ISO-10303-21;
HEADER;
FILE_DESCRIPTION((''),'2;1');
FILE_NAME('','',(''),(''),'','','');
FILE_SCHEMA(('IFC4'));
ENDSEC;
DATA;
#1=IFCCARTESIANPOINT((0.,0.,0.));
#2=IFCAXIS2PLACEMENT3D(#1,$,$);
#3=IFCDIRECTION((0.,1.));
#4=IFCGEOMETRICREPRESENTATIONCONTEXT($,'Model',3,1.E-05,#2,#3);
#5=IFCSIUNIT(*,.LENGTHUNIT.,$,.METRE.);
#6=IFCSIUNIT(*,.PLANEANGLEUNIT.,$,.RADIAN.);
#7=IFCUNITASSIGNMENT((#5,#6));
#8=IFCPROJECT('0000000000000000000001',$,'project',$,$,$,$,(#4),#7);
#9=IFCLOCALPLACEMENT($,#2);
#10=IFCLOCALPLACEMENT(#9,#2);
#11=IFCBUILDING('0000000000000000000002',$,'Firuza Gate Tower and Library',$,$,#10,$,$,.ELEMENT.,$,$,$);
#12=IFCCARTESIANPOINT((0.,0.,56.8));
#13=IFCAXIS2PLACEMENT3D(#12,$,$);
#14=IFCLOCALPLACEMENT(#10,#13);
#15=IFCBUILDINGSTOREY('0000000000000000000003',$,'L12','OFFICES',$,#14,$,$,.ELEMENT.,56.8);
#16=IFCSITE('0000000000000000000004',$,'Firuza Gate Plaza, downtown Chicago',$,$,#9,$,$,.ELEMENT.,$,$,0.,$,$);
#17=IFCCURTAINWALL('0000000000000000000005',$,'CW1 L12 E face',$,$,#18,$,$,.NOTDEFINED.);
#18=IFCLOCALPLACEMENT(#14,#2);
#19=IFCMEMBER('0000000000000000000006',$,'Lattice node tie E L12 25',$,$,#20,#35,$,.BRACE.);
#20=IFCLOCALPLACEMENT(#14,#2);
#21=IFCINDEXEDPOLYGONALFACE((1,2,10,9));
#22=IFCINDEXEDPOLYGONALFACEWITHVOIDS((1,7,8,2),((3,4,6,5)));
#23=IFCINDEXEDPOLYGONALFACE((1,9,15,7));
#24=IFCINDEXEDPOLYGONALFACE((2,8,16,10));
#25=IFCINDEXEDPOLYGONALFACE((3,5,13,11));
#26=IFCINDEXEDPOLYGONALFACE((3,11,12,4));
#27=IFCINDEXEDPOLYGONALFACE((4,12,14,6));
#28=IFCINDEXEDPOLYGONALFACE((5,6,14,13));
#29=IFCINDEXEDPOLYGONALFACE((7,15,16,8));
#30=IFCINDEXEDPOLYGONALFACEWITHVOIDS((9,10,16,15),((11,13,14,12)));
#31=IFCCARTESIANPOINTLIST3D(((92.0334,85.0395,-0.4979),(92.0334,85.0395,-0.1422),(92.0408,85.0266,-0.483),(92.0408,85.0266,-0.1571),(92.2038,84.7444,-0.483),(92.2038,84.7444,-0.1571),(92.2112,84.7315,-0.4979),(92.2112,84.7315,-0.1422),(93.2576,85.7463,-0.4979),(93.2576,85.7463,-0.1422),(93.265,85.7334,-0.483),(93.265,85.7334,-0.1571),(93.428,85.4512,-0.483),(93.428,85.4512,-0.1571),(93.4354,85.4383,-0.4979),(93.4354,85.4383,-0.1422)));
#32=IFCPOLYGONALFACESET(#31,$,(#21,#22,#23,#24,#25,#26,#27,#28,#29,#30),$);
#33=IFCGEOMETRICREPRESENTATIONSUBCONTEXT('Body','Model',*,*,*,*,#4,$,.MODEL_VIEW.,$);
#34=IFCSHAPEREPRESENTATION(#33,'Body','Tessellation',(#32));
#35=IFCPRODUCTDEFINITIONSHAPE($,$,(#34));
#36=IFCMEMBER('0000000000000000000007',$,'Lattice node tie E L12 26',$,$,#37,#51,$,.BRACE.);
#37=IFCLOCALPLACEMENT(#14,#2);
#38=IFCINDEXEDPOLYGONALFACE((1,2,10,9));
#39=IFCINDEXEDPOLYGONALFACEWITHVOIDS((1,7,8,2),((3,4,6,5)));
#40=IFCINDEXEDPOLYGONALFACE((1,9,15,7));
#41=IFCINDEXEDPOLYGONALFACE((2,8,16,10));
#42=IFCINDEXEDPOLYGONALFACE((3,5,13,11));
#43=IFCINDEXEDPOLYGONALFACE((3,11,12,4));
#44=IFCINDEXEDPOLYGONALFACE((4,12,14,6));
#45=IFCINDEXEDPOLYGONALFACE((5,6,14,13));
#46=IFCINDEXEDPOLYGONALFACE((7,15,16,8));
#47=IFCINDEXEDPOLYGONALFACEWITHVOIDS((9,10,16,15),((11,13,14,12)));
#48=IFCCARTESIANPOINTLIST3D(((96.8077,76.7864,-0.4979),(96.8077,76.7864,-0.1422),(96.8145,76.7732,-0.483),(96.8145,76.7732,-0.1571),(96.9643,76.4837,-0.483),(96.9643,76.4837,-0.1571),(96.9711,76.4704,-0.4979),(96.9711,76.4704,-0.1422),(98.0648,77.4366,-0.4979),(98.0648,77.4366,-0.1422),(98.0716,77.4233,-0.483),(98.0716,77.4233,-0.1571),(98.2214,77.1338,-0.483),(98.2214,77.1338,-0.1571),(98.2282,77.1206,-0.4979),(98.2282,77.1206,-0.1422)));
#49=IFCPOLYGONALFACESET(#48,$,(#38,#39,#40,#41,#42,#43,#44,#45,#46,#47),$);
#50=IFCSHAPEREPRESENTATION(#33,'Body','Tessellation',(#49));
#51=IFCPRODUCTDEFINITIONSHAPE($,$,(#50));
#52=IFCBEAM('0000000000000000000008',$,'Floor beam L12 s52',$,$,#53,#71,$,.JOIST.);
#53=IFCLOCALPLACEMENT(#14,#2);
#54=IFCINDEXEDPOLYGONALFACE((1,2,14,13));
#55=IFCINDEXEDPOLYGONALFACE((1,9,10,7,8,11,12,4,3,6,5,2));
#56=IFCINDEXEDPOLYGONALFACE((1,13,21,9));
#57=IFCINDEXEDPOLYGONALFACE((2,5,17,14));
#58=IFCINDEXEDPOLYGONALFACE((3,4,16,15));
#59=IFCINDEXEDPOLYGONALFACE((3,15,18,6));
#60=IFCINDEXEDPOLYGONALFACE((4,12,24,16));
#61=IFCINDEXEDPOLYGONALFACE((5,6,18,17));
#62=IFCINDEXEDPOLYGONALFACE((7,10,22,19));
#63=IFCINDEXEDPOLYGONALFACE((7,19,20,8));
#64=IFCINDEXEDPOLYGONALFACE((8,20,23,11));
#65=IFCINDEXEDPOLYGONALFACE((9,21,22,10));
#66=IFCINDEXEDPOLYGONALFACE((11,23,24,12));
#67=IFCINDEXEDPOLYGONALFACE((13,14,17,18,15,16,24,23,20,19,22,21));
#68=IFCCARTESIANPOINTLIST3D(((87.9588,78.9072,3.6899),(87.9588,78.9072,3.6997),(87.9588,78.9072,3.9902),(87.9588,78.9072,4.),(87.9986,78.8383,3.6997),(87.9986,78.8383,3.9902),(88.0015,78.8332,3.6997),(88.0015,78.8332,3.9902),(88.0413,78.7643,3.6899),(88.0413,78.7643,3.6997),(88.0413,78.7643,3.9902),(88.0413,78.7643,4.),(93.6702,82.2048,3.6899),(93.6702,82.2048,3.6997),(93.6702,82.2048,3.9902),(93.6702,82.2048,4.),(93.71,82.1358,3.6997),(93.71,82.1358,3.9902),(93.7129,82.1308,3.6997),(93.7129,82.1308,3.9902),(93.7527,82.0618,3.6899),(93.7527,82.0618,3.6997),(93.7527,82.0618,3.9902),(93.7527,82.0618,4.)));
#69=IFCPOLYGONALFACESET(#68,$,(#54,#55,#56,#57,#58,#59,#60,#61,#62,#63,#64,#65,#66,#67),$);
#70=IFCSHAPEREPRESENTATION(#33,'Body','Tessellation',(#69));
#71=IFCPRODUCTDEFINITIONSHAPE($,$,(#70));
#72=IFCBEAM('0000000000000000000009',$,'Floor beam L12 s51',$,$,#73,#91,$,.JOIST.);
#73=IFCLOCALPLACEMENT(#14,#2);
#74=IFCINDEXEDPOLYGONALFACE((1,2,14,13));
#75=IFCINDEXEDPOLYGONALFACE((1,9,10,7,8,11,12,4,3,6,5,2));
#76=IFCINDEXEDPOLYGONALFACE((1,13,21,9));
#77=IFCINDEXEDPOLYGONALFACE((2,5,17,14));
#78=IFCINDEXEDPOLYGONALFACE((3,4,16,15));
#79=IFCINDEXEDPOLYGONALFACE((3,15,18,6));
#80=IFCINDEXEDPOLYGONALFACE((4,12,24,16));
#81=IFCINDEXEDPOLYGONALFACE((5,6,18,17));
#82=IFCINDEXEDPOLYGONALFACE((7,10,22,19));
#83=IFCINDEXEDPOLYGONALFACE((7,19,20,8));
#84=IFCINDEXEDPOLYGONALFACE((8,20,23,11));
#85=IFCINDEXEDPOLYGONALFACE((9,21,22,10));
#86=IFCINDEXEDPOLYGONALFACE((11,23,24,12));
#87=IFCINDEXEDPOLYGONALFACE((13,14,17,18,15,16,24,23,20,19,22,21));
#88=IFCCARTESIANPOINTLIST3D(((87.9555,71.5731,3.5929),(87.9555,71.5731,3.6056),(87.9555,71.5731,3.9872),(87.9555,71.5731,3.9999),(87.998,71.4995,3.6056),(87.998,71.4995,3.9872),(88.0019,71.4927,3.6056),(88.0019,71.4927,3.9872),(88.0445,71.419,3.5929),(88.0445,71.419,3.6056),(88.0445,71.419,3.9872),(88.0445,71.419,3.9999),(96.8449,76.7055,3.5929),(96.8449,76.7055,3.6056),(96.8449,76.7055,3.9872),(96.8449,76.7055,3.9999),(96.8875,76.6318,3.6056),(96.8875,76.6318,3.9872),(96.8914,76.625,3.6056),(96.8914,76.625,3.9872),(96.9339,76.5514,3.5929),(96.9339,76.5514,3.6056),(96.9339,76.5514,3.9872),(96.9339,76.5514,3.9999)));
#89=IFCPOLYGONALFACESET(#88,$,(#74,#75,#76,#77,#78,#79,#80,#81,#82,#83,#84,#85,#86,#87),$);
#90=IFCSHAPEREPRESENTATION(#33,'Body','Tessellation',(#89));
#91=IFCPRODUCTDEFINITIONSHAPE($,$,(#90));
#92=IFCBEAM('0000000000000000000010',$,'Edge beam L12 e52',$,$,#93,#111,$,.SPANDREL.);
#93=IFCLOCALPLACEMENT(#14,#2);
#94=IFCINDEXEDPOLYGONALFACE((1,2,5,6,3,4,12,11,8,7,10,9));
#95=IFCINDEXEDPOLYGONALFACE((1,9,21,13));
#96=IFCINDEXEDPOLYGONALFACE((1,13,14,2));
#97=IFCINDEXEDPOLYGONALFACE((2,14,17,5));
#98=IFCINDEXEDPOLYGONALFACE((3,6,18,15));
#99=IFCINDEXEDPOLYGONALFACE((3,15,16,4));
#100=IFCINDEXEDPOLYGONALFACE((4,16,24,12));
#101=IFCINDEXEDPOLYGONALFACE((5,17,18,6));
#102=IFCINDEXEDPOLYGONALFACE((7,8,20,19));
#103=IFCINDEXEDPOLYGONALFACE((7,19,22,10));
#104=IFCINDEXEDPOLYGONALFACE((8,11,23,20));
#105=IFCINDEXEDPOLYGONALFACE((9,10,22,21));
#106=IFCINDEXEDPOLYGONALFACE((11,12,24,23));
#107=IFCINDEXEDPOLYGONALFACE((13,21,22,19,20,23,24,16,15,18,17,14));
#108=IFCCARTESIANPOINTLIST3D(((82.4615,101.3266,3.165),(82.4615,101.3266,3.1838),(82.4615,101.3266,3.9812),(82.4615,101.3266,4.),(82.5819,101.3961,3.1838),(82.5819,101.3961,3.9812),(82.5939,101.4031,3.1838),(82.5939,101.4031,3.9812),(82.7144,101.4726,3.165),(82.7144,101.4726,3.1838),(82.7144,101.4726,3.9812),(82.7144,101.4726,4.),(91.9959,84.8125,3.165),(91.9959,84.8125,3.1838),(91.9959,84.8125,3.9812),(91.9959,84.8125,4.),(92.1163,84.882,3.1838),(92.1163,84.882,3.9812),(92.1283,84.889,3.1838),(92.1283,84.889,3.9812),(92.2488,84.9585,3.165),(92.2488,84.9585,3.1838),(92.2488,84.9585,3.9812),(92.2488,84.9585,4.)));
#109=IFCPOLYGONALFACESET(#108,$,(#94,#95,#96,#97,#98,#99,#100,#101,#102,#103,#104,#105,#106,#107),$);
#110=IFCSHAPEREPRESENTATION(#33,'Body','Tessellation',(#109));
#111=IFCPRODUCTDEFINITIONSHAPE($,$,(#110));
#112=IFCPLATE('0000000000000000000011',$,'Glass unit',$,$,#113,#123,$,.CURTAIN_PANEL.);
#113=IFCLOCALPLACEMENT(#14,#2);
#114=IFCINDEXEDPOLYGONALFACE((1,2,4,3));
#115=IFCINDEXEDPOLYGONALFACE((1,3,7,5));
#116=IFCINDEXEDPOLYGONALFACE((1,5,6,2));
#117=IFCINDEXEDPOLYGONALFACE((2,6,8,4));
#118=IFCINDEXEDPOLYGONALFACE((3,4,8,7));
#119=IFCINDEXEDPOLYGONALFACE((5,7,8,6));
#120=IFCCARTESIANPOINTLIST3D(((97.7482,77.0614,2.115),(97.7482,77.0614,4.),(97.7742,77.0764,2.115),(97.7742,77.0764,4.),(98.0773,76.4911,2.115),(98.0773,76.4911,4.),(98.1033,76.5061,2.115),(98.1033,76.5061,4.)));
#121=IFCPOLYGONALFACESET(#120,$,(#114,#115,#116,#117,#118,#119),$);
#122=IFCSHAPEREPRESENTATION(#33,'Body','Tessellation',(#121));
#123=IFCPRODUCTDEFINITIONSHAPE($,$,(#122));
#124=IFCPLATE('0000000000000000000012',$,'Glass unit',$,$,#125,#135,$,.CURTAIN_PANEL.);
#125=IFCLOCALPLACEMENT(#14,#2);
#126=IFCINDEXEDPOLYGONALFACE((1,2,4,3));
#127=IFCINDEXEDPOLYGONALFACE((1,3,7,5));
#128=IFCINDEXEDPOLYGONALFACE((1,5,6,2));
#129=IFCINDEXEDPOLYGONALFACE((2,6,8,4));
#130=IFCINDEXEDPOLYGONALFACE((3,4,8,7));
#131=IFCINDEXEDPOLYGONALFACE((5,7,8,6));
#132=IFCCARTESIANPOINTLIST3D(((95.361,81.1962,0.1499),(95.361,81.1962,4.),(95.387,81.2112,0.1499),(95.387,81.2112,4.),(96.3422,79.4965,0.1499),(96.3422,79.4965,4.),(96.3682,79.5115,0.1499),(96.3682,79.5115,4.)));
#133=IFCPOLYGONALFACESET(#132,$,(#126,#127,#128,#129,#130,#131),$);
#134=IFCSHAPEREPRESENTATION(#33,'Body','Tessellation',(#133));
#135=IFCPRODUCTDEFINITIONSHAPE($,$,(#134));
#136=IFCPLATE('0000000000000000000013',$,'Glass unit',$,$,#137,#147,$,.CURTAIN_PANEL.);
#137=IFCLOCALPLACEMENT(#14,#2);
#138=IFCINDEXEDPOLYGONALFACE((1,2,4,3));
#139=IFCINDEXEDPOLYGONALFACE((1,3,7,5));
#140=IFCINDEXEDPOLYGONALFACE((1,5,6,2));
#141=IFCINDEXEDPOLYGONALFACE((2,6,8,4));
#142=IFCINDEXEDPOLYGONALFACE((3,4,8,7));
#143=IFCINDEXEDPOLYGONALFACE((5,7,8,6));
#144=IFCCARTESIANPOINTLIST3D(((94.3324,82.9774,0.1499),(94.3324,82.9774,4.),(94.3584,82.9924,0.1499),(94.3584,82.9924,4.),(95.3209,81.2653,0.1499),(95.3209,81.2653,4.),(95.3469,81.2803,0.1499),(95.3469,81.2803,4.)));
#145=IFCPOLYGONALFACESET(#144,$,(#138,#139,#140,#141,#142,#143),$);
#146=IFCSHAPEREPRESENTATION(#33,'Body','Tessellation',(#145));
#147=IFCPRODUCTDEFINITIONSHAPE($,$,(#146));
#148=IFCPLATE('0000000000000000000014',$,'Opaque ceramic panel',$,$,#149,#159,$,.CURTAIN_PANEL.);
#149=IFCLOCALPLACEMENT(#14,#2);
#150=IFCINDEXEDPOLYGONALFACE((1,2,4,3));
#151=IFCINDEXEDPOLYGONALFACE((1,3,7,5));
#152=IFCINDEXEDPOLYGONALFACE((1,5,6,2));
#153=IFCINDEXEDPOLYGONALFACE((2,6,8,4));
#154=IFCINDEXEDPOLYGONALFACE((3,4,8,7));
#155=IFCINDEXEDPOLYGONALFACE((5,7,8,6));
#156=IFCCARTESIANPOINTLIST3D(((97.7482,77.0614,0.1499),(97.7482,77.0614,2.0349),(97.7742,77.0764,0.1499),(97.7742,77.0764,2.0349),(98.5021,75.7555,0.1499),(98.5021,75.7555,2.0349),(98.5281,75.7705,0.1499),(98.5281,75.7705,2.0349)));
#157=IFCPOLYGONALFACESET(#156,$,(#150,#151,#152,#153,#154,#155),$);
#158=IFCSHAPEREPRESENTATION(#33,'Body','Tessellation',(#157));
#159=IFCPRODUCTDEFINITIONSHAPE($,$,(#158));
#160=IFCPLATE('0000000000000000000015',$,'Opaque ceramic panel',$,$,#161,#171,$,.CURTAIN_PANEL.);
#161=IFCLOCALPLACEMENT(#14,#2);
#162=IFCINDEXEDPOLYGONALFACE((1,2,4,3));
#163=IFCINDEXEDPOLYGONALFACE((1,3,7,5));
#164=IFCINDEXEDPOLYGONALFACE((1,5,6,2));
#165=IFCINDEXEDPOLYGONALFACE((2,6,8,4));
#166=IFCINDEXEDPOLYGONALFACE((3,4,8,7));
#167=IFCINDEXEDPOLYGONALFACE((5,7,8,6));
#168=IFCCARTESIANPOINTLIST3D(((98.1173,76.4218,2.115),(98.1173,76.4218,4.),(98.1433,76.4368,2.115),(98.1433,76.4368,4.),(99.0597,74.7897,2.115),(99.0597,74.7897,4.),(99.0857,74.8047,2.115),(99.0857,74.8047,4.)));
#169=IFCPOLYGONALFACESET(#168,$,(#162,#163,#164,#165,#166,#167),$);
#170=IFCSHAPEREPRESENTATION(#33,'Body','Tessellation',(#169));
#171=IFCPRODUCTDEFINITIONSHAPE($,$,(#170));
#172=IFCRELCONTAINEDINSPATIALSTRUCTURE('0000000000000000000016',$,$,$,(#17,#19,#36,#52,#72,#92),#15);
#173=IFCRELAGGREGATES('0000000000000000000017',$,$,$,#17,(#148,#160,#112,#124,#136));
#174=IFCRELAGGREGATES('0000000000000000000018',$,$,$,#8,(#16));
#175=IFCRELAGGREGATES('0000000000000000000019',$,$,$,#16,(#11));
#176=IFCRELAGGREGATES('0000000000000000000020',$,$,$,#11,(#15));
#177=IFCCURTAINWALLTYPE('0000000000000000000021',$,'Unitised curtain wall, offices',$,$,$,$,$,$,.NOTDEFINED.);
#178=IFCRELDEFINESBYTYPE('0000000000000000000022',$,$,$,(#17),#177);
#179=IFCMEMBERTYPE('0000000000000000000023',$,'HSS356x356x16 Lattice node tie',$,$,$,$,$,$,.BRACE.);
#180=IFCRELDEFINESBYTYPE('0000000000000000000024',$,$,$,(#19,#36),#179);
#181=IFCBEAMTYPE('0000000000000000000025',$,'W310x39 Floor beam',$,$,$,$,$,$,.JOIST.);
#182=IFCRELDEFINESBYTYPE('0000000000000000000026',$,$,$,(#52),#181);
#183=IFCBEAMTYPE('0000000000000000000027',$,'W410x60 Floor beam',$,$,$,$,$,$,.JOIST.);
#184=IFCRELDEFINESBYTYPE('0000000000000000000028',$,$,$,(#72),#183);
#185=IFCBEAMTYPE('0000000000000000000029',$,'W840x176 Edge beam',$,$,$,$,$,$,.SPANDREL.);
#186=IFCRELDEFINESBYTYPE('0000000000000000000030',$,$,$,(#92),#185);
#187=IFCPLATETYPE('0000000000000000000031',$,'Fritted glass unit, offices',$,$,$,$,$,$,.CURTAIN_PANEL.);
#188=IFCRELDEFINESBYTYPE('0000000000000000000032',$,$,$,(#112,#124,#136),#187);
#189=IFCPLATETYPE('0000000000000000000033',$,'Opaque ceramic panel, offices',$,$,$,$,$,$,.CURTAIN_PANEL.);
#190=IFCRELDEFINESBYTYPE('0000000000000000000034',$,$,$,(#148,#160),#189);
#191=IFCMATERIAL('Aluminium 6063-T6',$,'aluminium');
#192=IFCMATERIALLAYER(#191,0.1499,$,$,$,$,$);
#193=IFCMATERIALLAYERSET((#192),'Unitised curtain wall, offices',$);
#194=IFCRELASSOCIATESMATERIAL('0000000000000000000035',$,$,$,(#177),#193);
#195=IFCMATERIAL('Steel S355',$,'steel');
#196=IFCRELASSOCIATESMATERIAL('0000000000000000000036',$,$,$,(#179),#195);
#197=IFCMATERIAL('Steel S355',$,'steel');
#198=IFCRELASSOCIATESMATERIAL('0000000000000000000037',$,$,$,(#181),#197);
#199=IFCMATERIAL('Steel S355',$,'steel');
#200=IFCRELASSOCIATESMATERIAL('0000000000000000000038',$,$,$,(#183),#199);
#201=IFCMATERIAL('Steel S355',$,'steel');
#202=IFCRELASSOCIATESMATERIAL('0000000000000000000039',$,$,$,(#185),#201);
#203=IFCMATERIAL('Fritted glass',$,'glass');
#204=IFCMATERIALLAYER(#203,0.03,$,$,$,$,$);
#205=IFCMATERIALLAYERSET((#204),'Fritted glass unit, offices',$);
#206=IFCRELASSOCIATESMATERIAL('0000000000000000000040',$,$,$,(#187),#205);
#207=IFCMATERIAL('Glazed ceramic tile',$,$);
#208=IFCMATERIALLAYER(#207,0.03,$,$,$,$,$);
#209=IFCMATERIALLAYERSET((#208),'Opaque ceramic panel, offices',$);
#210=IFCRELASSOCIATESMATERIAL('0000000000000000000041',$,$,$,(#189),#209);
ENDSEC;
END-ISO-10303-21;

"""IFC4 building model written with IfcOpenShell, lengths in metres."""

from ifc_helpers import new_model, si_unit, direction, frame, origin, origin_2d, place, context, subcontext, project, spatial, polyline, hollow_rectangle, i_section, outline, extrude, material, layer, layer_set, material_profile, profile_set, type_object, element, aggregate, save


model = new_model("IFC4")

# Units and contexts
model_context = context("Model", 3, precision=1e-05, world=origin(), true_north=direction((0.0, 1.0)))
body_context = subcontext(model_context, "Body", "Model", "MODEL_VIEW")
ifc_project = project(units=[si_unit("LENGTHUNIT", "METRE"), si_unit("PLANEANGLEUNIT", "RADIAN")], contexts=[model_context])

# Site, building, storey
site_placement = place(None, origin())
site = spatial("IfcSite", under=ifc_project, at=site_placement, Name="Firuza Gate Plaza, downtown Chicago", CompositionType="ELEMENT", RefElevation=0.0)
building_placement = place(site_placement, origin())
building = spatial("IfcBuilding", under=site, at=building_placement, Name="Firuza Gate Tower and Library", CompositionType="ELEMENT")
storey_placement = place(building_placement, frame((0.0, 0.0, 56.8)))
storey = spatial("IfcBuildingStorey", under=building, at=storey_placement, Name="L12", Description="OFFICES", CompositionType="ELEMENT", Elevation=56.8)

# Curtain wall
ifc_material_1 = material(Name="Aluminium 6063-T6", Category="aluminium")
ifc_layer_1 = layer(ifc_material_1, 0.1499)
ifc_layer_set_1 = layer_set([ifc_layer_1], Name="Unitised curtain wall, offices")
curtain_wall_type = type_object("IfcCurtainWallType", Name="Unitised curtain wall, offices", PredefinedType="NOTDEFINED", material=ifc_layer_set_1)
curtain_wall_placement = place(storey_placement, origin())
curtain_wall = element("IfcCurtainWall", 1, at=curtain_wall_placement, inside=storey, type_object=curtain_wall_type, Name="CW1 L12 E face", PredefinedType="NOTDEFINED")

# Members
ifc_material_2 = material(Name="Steel S355", Category="steel")
ifc_material_profile_1 = material_profile(ifc_material_2, hollow_rectangle(XDim=0.3557, YDim=0.3557, WallThickness=0.0149, at=origin_2d()))
ifc_profile_set_1 = profile_set([ifc_material_profile_1], Name="Steel S355")
member_type_1 = type_object("IfcMemberType", Name="HSS356x356x16 Lattice node tie", PredefinedType="BRACE", material=ifc_profile_set_1)
member_1_placement = place(storey_placement, frame((92.1223, 84.8855, -0.3201), z_axis=(0.866013, 0.500021, 0.0), x_axis=(-0.500021, 0.866013, 0.0)))
element("IfcMember", 2, at=member_1_placement, inside=storey, type_object=member_type_1, Name="Lattice node tie E L12 25", PredefinedType="BRACE", context=body_context, shape_type="SweptSolid", body=[
    extrude(hollow_rectangle(XDim=0.3557, YDim=0.3557, WallThickness=0.0149, at=origin_2d()), origin(), (0.0, 0.0, 1.0), 1.4136),
])
member_2_placement = place(storey_placement, frame((96.8894, 76.6284, -0.3201), z_axis=(0.888237, 0.459385, 0.0), x_axis=(-0.459385, 0.888237, 0.0)))
element("IfcMember", 3, at=member_2_placement, inside=storey, type_object=member_type_1, Name="Lattice node tie E L12 26", PredefinedType="BRACE", context=body_context, shape_type="SweptSolid", body=[
    extrude(hollow_rectangle(XDim=0.3557, YDim=0.3557, WallThickness=0.0149, at=origin_2d()), origin(), (0.0, 0.0, 1.0), 1.4153),
])

# Beams
ifc_material_3 = material(Name="Steel S355", Category="steel")
ifc_material_profile_2 = material_profile(ifc_material_3, i_section(OverallWidth=0.165, OverallDepth=0.3101, WebThickness=0.0059, FlangeThickness=0.0098, at=origin_2d()))
ifc_profile_set_2 = profile_set([ifc_material_profile_2], Name="Steel S355")
beam_type_1 = type_object("IfcBeamType", Name="W310x39 Floor beam", PredefinedType="JOIST", material=ifc_profile_set_2)
beam_1_placement = place(storey_placement, frame((93.7114, 82.1333, 3.845), z_axis=(-0.866018, -0.500013, 0.0), x_axis=(0.500013, -0.866018, 0.0)))
element("IfcBeam", 4, at=beam_1_placement, inside=storey, type_object=beam_type_1, Name="Floor beam L12 s52", PredefinedType="JOIST", context=body_context, shape_type="SweptSolid", body=[
    extrude(i_section(OverallWidth=0.165, OverallDepth=0.3101, WebThickness=0.0059, FlangeThickness=0.0098, at=origin_2d()), origin(), (0.0, 0.0, 1.0), 6.595),
])
ifc_material_4 = material(Name="Steel S355", Category="steel")
ifc_material_profile_3 = material_profile(ifc_material_4, i_section(OverallWidth=0.178, OverallDepth=0.407, WebThickness=0.0078, FlangeThickness=0.0127, at=origin_2d()))
ifc_profile_set_3 = profile_set([ifc_material_profile_3], Name="Steel S355")
beam_type_2 = type_object("IfcBeamType", Name="W410x60 Floor beam", PredefinedType="JOIST", material=ifc_profile_set_3)
beam_2_placement = place(storey_placement, frame((96.8894, 76.6284, 3.7964), z_axis=(-0.866024, -0.500002, 0.0), x_axis=(0.500002, -0.866024, 0.0)))
element("IfcBeam", 5, at=beam_2_placement, inside=storey, type_object=beam_type_2, Name="Floor beam L12 s51", PredefinedType="JOIST", context=body_context, shape_type="SweptSolid", body=[
    extrude(i_section(OverallWidth=0.178, OverallDepth=0.407, WebThickness=0.0078, FlangeThickness=0.0127, at=origin_2d()), origin(), (0.0, 0.0, 1.0), 10.2646),
])
ifc_material_5 = material(Name="Steel S355", Category="steel")
ifc_material_profile_4 = material_profile(ifc_material_5, i_section(OverallWidth=0.292, OverallDepth=0.835, WebThickness=0.0139, FlangeThickness=0.0188, at=origin_2d()))
ifc_profile_set_4 = profile_set([ifc_material_profile_4], Name="Steel S355")
beam_type_3 = type_object("IfcBeamType", Name="W840x176 Edge beam", PredefinedType="SPANDREL", material=ifc_profile_set_4)
beam_3_placement = place(storey_placement, frame((92.1223, 84.8855, 3.5825), z_axis=(-0.499999, 0.866026, 0.0), x_axis=(-0.866026, -0.499999, 0.0)))
element("IfcBeam", 6, at=beam_3_placement, inside=storey, type_object=beam_type_3, Name="Edge beam L12 e52", PredefinedType="SPANDREL", context=body_context, shape_type="SweptSolid", body=[
    extrude(i_section(OverallWidth=0.292, OverallDepth=0.835, WebThickness=0.0139, FlangeThickness=0.0188, at=origin_2d()), origin(), (0.0, 0.0, 1.0), 19.0688),
])

# Plates
ifc_material_6 = material(Name="Fritted glass", Category="glass")
ifc_layer_2 = layer(ifc_material_6, 0.03)
ifc_layer_set_2 = layer_set([ifc_layer_2], Name="Fritted glass unit, offices")
plate_type_1 = type_object("IfcPlateType", Name="Fritted glass unit, offices", PredefinedType="CURTAIN_PANEL", material=ifc_layer_set_2)
plate_1_placement = place(storey_placement, frame((98.1033, 76.5061, 2.115), z_axis=(0.866136, 0.499808, 0.0), x_axis=(-0.499808, 0.866136, 0.0)))
plate_1 = element("IfcPlate", 7, at=plate_1_placement, type_object=plate_type_1, Name="Glass unit", PredefinedType="CURTAIN_PANEL", context=body_context, shape_type="SweptSolid", body=[
    extrude(outline(polyline([(0.0, 0.0), (0.6585, 0.0), (0.6585, 1.885), (0.0, 1.885), (0.0, 0.0)])), origin(), (0.0, 0.0, -1.0), 0.03),
])
plate_2_placement = place(storey_placement, frame((96.3682, 79.5115, 0.1499), z_axis=(0.866053, 0.499952, 0.0), x_axis=(-0.499952, 0.866053, 0.0)))
plate_2 = element("IfcPlate", 8, at=plate_2_placement, type_object=plate_type_1, Name="Glass unit", PredefinedType="CURTAIN_PANEL", context=body_context, shape_type="SweptSolid", body=[
    extrude(outline(polyline([(0.0, 0.0), (1.9626, 0.0), (1.9626, 3.8501), (0.0, 3.8501), (0.0, 0.0)])), origin(), (0.0, 0.0, -1.0), 0.03),
])
plate_3_placement = place(storey_placement, frame((95.3469, 81.2803, 0.1499), z_axis=(0.866023, 0.500004, 0.0), x_axis=(-0.500004, 0.866023, 0.0)))
plate_3 = element("IfcPlate", 9, at=plate_3_placement, type_object=plate_type_1, Name="Glass unit", PredefinedType="CURTAIN_PANEL", context=body_context, shape_type="SweptSolid", body=[
    extrude(outline(polyline([(0.0, 0.0), (1.977, 0.0), (1.977, 3.8501), (0.0, 3.8501), (0.0, 0.0)])), origin(), (0.0, 0.0, -1.0), 0.03),
])
ifc_material_7 = material(Name="Glazed ceramic tile")
ifc_layer_3 = layer(ifc_material_7, 0.03)
ifc_layer_set_3 = layer_set([ifc_layer_3], Name="Opaque ceramic panel, offices")
plate_type_2 = type_object("IfcPlateType", Name="Opaque ceramic panel, offices", PredefinedType="CURTAIN_PANEL", material=ifc_layer_set_3)
plate_4_placement = place(storey_placement, frame((98.5281, 75.7705, 0.1499), z_axis=(0.866043, 0.49997, 0.0), x_axis=(-0.49997, 0.866043, 0.0)))
plate_4 = element("IfcPlate", 10, at=plate_4_placement, type_object=plate_type_2, Name="Opaque ceramic panel", PredefinedType="CURTAIN_PANEL", context=body_context, shape_type="SweptSolid", body=[
    extrude(outline(polyline([(0.0, 0.0), (1.5079, 0.0), (1.5079, 1.885), (0.0, 1.885), (0.0, 0.0)])), origin(), (0.0, 0.0, -1.0), 0.03),
])
plate_5_placement = place(storey_placement, frame((99.0857, 74.8047, 2.115), z_axis=(0.866002, 0.50004, 0.0), x_axis=(-0.50004, 0.866002, 0.0)))
plate_5 = element("IfcPlate", 11, at=plate_5_placement, type_object=plate_type_2, Name="Opaque ceramic panel", PredefinedType="CURTAIN_PANEL", context=body_context, shape_type="SweptSolid", body=[
    extrude(outline(polyline([(0.0, 0.0), (1.8846, 0.0), (1.8846, 1.885), (0.0, 1.885), (0.0, 0.0)])), origin(), (0.0, 0.0, -1.0), 0.03),
])
aggregate(curtain_wall, [plate_4, plate_5, plate_1, plate_2, plate_3])

save(model, "model.ifc")
